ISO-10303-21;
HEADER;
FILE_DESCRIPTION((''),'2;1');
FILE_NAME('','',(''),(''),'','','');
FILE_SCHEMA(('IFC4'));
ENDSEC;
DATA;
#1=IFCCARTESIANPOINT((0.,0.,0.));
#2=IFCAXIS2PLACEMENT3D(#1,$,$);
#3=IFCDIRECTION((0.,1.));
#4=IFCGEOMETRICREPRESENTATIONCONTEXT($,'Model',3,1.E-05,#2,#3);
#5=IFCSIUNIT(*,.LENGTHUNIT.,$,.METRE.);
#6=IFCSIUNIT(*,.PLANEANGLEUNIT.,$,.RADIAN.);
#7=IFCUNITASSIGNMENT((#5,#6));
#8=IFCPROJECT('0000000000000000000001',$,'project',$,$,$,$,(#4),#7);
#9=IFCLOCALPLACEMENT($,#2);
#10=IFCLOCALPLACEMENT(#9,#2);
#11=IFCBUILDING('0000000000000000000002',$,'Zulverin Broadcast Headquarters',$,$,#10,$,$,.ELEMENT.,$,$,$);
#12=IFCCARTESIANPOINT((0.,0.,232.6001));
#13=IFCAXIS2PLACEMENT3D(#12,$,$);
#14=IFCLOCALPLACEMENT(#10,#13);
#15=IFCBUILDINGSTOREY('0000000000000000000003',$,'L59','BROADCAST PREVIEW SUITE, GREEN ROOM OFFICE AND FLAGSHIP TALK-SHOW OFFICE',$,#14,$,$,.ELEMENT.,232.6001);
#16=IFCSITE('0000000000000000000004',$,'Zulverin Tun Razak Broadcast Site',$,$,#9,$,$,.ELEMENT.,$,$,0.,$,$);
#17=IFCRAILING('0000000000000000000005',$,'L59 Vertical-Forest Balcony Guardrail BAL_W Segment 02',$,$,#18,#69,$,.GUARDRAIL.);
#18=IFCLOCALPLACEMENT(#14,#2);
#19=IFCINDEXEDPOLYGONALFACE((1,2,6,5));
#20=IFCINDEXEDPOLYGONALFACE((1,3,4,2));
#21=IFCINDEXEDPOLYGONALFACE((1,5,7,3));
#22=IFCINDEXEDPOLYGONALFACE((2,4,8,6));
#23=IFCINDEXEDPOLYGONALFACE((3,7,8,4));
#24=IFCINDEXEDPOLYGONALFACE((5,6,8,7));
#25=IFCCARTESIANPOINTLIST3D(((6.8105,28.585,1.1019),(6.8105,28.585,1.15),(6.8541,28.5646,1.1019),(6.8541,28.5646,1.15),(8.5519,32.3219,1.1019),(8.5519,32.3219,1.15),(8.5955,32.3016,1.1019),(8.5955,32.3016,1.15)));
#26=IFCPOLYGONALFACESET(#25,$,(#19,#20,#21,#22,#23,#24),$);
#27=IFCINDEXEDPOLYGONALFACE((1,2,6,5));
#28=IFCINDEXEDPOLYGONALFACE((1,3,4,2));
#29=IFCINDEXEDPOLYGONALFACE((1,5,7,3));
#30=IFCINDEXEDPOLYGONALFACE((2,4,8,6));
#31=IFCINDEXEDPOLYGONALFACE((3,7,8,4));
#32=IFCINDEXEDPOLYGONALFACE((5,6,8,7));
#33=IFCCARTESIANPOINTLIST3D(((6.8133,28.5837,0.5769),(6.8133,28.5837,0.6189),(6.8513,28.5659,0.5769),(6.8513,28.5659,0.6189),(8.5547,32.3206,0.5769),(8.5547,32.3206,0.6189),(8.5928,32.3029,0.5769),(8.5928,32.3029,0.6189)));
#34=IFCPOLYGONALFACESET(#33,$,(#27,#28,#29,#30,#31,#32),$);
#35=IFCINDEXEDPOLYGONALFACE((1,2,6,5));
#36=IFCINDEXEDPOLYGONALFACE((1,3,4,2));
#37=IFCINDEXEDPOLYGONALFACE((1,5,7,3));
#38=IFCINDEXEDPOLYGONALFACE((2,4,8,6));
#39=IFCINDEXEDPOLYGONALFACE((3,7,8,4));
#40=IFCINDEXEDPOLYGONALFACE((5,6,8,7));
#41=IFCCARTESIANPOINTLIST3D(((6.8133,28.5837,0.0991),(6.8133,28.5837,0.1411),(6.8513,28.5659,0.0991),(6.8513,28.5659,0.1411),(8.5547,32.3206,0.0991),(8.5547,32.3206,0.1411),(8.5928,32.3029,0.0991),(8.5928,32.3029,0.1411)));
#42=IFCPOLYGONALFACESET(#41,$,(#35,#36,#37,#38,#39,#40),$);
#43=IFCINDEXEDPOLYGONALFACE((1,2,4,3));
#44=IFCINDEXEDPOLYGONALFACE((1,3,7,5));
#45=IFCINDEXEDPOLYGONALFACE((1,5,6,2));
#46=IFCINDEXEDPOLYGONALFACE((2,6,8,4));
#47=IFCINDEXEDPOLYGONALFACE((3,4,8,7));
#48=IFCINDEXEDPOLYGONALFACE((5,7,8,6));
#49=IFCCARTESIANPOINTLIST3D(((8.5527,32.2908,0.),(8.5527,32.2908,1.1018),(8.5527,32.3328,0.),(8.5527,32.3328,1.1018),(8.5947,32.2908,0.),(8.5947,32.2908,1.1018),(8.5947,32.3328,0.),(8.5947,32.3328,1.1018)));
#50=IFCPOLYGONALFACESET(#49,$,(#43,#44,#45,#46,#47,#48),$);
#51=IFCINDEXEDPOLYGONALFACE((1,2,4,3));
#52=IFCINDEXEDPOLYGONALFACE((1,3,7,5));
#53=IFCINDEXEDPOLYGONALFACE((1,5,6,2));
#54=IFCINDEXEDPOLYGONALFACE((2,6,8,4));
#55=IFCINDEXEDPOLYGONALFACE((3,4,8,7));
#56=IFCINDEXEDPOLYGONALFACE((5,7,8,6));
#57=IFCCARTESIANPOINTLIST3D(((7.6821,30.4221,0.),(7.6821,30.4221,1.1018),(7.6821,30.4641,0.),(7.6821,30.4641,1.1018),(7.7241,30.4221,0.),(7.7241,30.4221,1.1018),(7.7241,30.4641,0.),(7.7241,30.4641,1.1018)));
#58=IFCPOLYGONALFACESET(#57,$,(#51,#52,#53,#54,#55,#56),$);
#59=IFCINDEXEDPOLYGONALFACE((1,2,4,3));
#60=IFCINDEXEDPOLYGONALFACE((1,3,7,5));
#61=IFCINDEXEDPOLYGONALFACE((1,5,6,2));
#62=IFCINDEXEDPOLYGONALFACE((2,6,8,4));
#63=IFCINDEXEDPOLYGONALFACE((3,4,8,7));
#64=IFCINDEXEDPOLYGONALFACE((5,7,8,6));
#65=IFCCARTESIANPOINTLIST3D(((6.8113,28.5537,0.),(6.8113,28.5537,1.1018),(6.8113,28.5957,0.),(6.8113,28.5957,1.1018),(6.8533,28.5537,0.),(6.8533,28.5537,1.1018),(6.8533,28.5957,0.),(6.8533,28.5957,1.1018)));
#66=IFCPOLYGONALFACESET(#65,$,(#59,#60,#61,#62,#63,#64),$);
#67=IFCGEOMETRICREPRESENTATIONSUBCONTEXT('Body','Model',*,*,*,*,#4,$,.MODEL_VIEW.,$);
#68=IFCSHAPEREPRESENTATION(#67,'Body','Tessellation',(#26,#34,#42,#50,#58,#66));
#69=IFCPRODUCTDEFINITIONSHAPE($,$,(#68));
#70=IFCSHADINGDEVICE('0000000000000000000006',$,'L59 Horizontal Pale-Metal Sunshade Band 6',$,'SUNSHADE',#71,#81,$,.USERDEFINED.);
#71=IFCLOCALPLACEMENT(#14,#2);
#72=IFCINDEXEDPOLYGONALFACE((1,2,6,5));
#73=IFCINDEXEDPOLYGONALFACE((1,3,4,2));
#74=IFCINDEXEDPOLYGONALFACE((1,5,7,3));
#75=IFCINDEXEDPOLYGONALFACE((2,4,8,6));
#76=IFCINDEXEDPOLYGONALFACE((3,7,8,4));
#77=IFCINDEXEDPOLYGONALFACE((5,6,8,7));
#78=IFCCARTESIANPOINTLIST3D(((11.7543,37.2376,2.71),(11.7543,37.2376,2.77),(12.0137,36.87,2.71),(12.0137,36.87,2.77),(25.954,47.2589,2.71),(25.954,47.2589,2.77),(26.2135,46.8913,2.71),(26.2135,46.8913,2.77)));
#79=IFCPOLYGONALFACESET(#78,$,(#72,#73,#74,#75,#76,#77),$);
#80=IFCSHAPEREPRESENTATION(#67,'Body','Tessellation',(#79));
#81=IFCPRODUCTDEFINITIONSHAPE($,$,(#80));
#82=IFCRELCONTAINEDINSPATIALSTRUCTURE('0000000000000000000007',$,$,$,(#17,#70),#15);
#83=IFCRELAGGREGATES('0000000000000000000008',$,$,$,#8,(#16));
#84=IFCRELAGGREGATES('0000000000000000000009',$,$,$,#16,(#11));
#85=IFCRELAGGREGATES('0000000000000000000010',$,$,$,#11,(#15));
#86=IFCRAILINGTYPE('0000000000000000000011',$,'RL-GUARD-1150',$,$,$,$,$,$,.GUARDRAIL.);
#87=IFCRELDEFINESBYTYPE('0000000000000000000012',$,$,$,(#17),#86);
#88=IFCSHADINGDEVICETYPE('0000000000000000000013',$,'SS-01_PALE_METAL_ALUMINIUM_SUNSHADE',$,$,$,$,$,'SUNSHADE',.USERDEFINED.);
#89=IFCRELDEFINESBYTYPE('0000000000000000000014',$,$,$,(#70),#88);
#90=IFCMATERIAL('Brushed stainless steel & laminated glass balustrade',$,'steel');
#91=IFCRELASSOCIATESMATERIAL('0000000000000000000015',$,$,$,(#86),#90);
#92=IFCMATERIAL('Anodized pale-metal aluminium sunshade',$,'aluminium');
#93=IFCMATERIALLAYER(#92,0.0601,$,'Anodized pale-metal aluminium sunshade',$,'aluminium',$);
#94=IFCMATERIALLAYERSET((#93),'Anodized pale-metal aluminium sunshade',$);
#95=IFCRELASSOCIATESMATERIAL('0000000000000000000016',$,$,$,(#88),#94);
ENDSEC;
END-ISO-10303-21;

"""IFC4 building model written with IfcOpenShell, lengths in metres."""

from ifc_helpers import new_model, si_unit, direction, frame, origin, origin_2d, place, context, subcontext, project, spatial, rectangle, extrude, material, layer, layer_set, type_object, element, save


model = new_model("IFC4")

# Units and contexts
model_context = context("Model", 3, precision=1e-05, world=origin(), true_north=direction((0.0, 1.0)))
body_context = subcontext(model_context, "Body", "Model", "MODEL_VIEW")
ifc_project = project(units=[si_unit("LENGTHUNIT", "METRE"), si_unit("PLANEANGLEUNIT", "RADIAN")], contexts=[model_context])

# Site, building, storey
site_placement = place(None, origin())
site = spatial("IfcSite", under=ifc_project, at=site_placement, Name="Zulverin Tun Razak Broadcast Site", CompositionType="ELEMENT", RefElevation=0.0)
building_placement = place(site_placement, origin())
building = spatial("IfcBuilding", under=site, at=building_placement, Name="Zulverin Broadcast Headquarters", CompositionType="ELEMENT")
storey_placement = place(building_placement, frame((0.0, 0.0, 232.6001)))
storey = spatial("IfcBuildingStorey", under=building, at=storey_placement, Name="L59", Description="BROADCAST PREVIEW SUITE, GREEN ROOM OFFICE AND FLAGSHIP TALK-SHOW OFFICE", CompositionType="ELEMENT", Elevation=232.6001)

# Railing
ifc_material_1 = material(Name="Brushed stainless steel & laminated glass balustrade", Category="steel")
railing_type = type_object("IfcRailingType", Name="RL-GUARD-1150", PredefinedType="GUARDRAIL", material=ifc_material_1)
railing_placement = place(storey_placement, frame((8.5737, 32.3118, 0.0)))
element("IfcRailing", 1, at=railing_placement, inside=storey, type_object=railing_type, Name="L59 Vertical-Forest Balcony Guardrail BAL_W Segment 02", PredefinedType="GUARDRAIL", context=body_context, shape_type="SweptSolid", body=[
    extrude(rectangle(XDim=0.0481, YDim=0.0481, at=origin_2d()), frame((0.0, 0.0, 1.126), z_axis=(-0.422386, -0.906416, 0.0), x_axis=(0.906416, -0.422386, 0.0)), (0.0, 0.0, 1.0), 4.1228),
    extrude(rectangle(XDim=0.042, YDim=0.042, at=origin_2d()), frame((0.0, 0.0, 0.5979), z_axis=(-0.422386, -0.906416, 0.0), x_axis=(0.906416, -0.422386, 0.0)), (0.0, 0.0, 1.0), 4.1228),
    extrude(rectangle(XDim=0.042, YDim=0.042, at=origin_2d()), frame((0.0, 0.0, 0.1201), z_axis=(-0.422386, -0.906416, 0.0), x_axis=(0.906416, -0.422386, 0.0)), (0.0, 0.0, 1.0), 4.1228),
    extrude(rectangle(XDim=0.042, YDim=0.042, at=origin_2d()), origin(), (0.0, 0.0, 1.0), 1.1018),
    extrude(rectangle(XDim=0.042, YDim=0.042, at=origin_2d()), frame((-0.8706, -1.8687, 0.0)), (0.0, 0.0, 1.0), 1.1018),
    extrude(rectangle(XDim=0.042, YDim=0.042, at=origin_2d()), frame((-1.7415, -3.7371, 0.0)), (0.0, 0.0, 1.0), 1.1018),
])

# Shading device
ifc_material_2 = material(Name="Anodized pale-metal aluminium sunshade", Category="aluminium")
ifc_layer_1 = layer(ifc_material_2, 0.0601, Name="Anodized pale-metal aluminium sunshade", Category="aluminium")
ifc_layer_set_1 = layer_set([ifc_layer_1], Name="Anodized pale-metal aluminium sunshade")
shading_device_type = type_object("IfcShadingDeviceType", Name="SS-01_PALE_METAL_ALUMINIUM_SUNSHADE", ElementType="SUNSHADE", PredefinedType="USERDEFINED", material=ifc_layer_set_1)
shading_device_placement = place(storey_placement, frame((18.9839, 42.0645, 2.71), z_axis=(0.0, 0.0, 1.0), x_axis=(-0.817023, -0.576605, 0.0)))
element("IfcShadingDevice", 2, at=shading_device_placement, inside=storey, type_object=shading_device_type, Name="L59 Horizontal Pale-Metal Sunshade Band 6", ObjectType="SUNSHADE", PredefinedType="USERDEFINED", context=body_context, shape_type="SweptSolid", body=[
    extrude(rectangle(XDim=17.3799, YDim=0.45, at=origin_2d()), origin(), (0.0, 0.0, 1.0), 0.0601),
])

save(model, "model.ifc")
